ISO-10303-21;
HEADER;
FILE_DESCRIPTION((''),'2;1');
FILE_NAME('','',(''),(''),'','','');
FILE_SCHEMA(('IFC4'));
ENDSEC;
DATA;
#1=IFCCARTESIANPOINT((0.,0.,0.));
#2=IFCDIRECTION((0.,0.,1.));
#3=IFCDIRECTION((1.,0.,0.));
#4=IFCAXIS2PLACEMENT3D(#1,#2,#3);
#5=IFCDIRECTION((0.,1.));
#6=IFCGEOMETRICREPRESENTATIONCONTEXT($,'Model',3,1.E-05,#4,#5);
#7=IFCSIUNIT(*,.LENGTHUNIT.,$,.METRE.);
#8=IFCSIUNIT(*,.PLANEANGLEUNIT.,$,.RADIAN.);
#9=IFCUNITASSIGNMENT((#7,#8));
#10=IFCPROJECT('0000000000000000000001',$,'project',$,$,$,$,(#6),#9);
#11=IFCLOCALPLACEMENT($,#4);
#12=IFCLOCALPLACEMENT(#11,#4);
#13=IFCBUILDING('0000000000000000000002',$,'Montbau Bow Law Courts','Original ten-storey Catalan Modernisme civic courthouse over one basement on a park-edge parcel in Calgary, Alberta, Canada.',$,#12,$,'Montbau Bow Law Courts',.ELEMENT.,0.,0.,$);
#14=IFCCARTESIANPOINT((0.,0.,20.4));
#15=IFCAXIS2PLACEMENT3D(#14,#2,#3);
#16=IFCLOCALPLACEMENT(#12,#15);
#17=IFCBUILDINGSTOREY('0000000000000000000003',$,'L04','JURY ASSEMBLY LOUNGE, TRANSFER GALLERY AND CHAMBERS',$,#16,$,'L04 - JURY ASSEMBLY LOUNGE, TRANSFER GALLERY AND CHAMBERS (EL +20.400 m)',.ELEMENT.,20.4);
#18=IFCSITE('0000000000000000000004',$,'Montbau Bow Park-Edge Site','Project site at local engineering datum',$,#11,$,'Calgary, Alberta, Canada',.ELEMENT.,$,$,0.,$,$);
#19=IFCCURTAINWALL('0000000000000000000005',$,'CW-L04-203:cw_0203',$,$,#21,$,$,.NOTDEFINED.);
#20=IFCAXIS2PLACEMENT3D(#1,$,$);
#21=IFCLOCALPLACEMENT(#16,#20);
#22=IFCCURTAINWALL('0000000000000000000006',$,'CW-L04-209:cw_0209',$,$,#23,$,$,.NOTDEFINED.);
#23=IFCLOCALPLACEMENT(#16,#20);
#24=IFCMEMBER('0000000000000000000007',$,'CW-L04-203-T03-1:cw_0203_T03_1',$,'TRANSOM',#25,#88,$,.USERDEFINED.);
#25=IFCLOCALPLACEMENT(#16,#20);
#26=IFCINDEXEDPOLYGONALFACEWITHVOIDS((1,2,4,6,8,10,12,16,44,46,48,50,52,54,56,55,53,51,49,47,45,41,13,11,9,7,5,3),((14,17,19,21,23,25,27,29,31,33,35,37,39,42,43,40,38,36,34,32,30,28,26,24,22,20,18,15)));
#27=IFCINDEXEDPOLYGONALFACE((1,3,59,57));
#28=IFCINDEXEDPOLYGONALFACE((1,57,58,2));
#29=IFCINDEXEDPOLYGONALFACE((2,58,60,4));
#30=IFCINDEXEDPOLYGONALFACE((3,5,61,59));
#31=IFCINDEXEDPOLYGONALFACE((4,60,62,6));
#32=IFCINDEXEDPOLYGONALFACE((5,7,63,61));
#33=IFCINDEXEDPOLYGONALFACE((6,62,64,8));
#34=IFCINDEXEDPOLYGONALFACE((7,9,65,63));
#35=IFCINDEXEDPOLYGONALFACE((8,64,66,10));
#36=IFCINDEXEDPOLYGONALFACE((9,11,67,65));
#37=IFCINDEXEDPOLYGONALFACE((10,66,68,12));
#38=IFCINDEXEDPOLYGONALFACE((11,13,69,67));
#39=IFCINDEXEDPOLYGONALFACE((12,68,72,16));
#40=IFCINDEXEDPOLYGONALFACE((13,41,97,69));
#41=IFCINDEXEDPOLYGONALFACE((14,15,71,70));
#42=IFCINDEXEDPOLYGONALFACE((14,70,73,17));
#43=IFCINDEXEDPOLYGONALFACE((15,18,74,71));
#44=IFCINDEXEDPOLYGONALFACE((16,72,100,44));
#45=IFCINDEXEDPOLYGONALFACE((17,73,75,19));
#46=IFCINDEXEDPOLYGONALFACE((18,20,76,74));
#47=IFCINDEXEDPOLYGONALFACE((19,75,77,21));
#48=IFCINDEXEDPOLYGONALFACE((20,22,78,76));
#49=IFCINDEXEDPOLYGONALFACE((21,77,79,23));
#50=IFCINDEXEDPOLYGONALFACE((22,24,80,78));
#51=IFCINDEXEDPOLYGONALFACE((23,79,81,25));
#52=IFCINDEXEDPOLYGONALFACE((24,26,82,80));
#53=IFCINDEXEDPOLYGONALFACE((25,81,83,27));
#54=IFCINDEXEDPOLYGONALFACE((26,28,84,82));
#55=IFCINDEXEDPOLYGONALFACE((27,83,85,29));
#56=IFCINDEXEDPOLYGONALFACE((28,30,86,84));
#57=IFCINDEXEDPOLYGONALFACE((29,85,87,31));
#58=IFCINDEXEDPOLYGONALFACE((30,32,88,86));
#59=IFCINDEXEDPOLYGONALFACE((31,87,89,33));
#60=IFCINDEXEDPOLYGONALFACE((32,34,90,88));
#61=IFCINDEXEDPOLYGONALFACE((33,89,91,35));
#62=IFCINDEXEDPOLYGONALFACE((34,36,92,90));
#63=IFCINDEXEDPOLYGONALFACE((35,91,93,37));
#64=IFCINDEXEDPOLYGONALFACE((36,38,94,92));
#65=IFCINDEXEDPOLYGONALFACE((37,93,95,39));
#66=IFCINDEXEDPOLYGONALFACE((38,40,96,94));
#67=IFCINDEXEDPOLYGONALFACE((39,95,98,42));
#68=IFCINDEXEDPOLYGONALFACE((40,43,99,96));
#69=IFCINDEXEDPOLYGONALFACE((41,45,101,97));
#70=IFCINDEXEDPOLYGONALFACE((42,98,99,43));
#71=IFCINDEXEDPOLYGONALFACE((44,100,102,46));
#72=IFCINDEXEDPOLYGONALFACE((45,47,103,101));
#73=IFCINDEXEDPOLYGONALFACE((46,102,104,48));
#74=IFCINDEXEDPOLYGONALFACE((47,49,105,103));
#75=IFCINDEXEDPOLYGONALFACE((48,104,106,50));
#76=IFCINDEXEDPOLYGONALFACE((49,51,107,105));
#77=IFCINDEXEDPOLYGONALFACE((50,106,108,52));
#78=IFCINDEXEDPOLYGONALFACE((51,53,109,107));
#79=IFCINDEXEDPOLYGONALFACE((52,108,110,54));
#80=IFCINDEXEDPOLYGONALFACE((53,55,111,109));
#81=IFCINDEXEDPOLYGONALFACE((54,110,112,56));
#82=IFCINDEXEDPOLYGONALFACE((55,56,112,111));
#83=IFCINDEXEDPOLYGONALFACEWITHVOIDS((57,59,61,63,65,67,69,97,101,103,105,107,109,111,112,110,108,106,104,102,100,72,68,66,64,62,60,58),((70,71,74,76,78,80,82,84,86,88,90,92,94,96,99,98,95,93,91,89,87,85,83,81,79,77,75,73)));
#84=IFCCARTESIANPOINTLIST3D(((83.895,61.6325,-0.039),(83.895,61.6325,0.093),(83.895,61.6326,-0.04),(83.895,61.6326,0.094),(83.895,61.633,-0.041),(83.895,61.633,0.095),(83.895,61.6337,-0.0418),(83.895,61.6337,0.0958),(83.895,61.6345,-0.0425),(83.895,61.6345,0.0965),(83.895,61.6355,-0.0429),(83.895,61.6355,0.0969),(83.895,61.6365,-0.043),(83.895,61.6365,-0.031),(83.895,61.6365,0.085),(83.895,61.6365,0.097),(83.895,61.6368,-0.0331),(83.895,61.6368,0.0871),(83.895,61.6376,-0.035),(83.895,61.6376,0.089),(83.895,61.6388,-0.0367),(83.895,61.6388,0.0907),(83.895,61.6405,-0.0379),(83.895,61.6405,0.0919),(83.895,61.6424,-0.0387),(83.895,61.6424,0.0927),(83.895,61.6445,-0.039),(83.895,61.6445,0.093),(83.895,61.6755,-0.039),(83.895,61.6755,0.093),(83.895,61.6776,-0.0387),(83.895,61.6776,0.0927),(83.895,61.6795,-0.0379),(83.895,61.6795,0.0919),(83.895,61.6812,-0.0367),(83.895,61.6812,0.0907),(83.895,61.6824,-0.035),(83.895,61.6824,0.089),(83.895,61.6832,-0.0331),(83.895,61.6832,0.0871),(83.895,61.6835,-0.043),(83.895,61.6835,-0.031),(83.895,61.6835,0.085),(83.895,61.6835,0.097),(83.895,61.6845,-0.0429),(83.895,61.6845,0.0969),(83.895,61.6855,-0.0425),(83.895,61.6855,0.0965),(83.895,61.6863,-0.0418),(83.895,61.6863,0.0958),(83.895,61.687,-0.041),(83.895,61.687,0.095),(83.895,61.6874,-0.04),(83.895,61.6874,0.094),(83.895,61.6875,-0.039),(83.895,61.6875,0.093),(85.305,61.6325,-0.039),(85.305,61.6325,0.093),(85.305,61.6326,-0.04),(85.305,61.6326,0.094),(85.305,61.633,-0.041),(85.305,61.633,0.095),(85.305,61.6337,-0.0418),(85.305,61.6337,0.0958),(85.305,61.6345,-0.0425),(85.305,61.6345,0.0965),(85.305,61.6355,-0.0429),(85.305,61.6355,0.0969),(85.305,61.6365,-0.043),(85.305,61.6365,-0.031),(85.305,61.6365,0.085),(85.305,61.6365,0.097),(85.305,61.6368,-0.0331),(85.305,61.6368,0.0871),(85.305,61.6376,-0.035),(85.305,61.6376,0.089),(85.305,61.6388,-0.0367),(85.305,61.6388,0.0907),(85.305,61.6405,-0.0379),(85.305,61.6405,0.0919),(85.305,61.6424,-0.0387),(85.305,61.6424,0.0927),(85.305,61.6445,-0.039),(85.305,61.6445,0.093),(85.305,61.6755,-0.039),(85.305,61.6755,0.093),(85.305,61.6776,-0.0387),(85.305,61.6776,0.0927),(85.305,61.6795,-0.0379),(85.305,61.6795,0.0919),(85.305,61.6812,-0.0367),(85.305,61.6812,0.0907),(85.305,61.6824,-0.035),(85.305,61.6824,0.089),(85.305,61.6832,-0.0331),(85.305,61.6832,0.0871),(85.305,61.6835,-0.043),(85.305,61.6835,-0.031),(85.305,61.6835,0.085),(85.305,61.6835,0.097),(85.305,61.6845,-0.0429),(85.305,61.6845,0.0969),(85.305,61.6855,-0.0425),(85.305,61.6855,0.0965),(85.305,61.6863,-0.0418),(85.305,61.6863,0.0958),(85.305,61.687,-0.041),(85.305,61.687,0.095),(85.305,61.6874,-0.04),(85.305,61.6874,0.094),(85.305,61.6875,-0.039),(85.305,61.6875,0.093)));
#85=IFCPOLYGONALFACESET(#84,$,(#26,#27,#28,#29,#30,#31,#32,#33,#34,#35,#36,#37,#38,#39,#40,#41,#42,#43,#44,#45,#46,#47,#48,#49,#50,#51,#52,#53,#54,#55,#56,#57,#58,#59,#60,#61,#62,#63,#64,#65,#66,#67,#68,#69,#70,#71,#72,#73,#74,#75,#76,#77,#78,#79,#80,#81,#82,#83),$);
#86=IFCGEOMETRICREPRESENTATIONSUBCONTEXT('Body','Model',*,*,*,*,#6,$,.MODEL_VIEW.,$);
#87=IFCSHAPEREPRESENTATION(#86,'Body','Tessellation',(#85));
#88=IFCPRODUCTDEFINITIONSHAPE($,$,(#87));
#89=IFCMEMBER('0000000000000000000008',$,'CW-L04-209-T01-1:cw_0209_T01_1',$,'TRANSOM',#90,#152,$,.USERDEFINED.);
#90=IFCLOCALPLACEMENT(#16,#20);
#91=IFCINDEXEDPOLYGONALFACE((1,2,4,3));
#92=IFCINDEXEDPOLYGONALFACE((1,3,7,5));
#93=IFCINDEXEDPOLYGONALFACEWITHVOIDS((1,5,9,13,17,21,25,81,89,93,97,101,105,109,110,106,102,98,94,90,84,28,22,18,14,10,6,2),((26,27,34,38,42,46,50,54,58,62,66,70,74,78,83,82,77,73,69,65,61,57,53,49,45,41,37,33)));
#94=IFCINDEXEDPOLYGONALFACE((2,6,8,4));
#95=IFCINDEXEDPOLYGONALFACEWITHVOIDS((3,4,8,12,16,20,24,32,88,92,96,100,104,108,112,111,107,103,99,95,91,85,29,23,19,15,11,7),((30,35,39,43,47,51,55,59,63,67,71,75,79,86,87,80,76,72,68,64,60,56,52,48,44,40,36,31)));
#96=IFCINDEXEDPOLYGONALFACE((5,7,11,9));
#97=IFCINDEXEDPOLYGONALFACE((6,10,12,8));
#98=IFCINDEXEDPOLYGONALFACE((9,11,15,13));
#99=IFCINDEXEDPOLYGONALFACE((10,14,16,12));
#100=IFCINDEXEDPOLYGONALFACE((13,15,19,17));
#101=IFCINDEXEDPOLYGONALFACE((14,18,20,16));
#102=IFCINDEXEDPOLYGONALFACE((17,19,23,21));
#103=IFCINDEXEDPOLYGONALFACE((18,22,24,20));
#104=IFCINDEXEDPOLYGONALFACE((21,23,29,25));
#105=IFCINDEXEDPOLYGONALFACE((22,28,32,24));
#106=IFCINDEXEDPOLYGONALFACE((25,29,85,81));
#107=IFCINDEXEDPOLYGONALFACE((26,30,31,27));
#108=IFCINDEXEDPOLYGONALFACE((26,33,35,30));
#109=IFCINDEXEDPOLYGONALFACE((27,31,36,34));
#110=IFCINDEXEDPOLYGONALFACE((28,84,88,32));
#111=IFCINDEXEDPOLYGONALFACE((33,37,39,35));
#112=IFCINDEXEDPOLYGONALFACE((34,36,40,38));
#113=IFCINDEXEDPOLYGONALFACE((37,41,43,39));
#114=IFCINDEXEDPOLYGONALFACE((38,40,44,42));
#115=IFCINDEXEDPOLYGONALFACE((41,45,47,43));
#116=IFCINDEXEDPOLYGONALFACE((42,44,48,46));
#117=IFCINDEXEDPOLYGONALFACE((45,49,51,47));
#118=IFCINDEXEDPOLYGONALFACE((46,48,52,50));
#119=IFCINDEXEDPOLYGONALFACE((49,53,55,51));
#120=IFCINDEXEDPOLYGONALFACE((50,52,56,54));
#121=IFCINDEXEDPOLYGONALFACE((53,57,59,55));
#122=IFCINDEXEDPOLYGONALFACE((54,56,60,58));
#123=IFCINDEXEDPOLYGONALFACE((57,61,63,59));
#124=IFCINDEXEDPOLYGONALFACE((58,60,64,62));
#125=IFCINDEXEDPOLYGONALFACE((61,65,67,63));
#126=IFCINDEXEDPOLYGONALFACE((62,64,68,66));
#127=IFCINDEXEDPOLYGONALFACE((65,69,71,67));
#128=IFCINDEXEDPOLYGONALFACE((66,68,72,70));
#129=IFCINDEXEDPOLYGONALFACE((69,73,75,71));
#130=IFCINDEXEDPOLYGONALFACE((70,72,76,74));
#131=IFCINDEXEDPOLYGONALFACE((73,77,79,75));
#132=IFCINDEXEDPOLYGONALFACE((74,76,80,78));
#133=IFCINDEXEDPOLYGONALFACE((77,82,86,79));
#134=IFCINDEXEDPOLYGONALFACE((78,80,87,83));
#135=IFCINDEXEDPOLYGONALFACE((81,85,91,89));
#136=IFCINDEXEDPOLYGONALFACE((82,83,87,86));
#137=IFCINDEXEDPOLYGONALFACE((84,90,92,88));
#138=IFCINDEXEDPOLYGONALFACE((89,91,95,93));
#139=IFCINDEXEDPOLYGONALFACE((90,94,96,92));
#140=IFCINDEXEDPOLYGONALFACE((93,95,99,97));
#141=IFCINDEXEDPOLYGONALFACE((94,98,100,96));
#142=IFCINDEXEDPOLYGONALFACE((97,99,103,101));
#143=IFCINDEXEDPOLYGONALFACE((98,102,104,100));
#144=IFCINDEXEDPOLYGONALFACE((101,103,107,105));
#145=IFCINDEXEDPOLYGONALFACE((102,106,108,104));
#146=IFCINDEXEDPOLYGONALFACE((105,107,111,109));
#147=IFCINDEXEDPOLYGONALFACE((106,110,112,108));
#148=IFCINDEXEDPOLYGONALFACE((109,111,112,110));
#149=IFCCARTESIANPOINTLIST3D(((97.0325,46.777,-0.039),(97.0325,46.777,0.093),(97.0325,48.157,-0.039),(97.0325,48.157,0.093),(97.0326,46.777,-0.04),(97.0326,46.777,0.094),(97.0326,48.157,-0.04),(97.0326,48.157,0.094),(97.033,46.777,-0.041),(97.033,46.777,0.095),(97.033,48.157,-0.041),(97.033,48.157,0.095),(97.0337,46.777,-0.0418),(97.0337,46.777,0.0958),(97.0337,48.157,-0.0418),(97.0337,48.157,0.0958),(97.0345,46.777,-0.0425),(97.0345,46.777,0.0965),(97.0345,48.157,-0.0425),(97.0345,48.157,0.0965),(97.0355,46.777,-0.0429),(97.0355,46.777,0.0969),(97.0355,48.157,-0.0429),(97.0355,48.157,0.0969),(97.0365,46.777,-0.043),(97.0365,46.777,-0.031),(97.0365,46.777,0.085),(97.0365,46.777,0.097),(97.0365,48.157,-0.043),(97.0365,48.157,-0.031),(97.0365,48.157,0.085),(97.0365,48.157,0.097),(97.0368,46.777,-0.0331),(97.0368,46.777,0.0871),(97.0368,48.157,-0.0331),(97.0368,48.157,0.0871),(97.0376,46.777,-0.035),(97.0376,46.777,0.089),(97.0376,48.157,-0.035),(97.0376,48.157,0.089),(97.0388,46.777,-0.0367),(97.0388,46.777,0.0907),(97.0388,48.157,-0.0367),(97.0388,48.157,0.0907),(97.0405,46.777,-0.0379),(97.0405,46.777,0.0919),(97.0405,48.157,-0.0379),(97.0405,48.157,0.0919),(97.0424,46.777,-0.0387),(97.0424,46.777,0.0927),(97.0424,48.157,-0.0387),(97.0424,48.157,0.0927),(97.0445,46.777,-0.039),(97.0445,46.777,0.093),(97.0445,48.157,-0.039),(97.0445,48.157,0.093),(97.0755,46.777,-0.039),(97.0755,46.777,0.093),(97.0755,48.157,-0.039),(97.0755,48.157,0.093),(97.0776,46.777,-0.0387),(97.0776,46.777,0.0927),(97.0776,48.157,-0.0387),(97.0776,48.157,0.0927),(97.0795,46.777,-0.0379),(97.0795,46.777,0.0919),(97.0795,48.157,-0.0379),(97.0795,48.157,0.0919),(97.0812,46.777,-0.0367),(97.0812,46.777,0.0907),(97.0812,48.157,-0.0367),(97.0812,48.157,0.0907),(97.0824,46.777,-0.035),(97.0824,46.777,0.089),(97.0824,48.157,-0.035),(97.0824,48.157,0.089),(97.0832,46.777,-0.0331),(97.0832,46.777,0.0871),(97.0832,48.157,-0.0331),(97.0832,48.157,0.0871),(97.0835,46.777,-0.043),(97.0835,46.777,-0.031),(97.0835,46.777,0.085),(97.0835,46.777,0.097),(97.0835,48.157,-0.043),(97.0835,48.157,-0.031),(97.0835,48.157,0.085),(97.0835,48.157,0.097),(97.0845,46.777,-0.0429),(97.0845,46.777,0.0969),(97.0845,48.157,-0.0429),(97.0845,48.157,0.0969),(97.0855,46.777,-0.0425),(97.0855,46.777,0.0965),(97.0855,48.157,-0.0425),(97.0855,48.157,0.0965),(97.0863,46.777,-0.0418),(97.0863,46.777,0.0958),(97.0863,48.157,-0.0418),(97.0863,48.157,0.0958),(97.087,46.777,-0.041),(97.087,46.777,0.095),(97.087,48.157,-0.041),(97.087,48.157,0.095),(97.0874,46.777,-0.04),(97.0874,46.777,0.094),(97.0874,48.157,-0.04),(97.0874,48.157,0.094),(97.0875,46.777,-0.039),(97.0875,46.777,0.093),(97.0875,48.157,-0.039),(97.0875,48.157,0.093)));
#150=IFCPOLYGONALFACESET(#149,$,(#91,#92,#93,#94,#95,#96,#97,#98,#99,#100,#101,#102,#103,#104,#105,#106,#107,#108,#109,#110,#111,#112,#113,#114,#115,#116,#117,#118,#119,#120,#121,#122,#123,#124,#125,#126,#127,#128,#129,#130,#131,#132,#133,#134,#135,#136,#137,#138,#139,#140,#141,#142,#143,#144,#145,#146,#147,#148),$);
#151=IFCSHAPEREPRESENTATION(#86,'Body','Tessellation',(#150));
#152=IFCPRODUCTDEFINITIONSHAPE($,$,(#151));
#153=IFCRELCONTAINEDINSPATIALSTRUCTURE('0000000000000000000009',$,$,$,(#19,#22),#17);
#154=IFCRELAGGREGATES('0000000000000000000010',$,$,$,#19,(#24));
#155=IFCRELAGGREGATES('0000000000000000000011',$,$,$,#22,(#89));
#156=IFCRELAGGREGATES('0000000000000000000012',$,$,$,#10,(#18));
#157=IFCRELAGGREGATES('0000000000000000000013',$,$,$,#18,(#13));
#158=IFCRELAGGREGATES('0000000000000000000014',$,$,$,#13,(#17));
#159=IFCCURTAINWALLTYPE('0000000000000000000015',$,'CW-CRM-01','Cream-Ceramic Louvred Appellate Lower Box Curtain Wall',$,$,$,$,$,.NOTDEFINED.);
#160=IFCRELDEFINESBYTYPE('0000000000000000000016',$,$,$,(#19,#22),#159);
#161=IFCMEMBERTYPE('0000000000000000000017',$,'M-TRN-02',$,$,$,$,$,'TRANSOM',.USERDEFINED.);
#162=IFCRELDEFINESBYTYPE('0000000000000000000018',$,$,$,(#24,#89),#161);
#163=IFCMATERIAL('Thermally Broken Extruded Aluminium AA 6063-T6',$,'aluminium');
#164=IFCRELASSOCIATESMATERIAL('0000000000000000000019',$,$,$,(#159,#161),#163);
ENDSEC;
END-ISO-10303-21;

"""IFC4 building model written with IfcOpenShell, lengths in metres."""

from ifc_helpers import new_model, si_unit, direction, frame, origin_with_axes, origin_2d_with_axis, place, context, subcontext, project, spatial, hollow_rectangle, extrude, material, material_profile, profile_set, type_object, element, aggregate, save


model = new_model("IFC4")

# Units and contexts
model_context = context("Model", 3, precision=1e-05, world=origin_with_axes(), true_north=direction((0.0, 1.0)))
body_context = subcontext(model_context, "Body", "Model", "MODEL_VIEW")
ifc_project = project(units=[si_unit("LENGTHUNIT", "METRE"), si_unit("PLANEANGLEUNIT", "RADIAN")], contexts=[model_context])

# Site, building, storey
site_placement = place(None, origin_with_axes())
site = spatial("IfcSite", under=ifc_project, at=site_placement, Name="Montbau Bow Park-Edge Site", Description="Project site at local engineering datum", LongName="Calgary, Alberta, Canada", CompositionType="ELEMENT", RefElevation=0.0)
building_placement = place(site_placement, origin_with_axes())
building = spatial("IfcBuilding", under=site, at=building_placement, Name="Montbau Bow Law Courts", Description="Original ten-storey Catalan Modernisme civic courthouse over one basement on a park-edge parcel in Calgary, Alberta, Canada.", LongName="Montbau Bow Law Courts", CompositionType="ELEMENT", ElevationOfRefHeight=0.0, ElevationOfTerrain=0.0)
storey_placement = place(building_placement, frame((0.0, 0.0, 20.4), z_axis=(0.0, 0.0, 1.0), x_axis=(1.0, 0.0, 0.0)))
storey = spatial("IfcBuildingStorey", under=building, at=storey_placement, Name="L04", Description="JURY ASSEMBLY LOUNGE, TRANSFER GALLERY AND CHAMBERS", LongName="L04 - JURY ASSEMBLY LOUNGE, TRANSFER GALLERY AND CHAMBERS (EL +20.400 m)", CompositionType="ELEMENT", Elevation=20.4)

# Curtain wall
ifc_material_1 = material(Name="Thermally Broken Extruded Aluminium AA 6063-T6", Category="aluminium")
curtain_wall_type = type_object("IfcCurtainWallType", Name="CW-CRM-01", Description="Cream-Ceramic Louvred Appellate Lower Box Curtain Wall", PredefinedType="NOTDEFINED", material=ifc_material_1)
curtain_wall_1_placement = place(None, frame((80.915, 61.66, 20.4), z_axis=(0.0, 0.0, 1.0), x_axis=(1.0, 0.0, 0.0)))
curtain_wall_1 = element("IfcCurtainWall", 1, at=curtain_wall_1_placement, inside=storey, type_object=curtain_wall_type, Name="CW-L04-203:cw_0203", PredefinedType="NOTDEFINED")

# Curtain wall
curtain_wall_2_placement = place(None, frame((97.06, 46.715, 20.4), z_axis=(0.0, 0.0, 1.0), x_axis=(1.0, 0.0, 0.0)))
curtain_wall_2 = element("IfcCurtainWall", 2, at=curtain_wall_2_placement, inside=storey, type_object=curtain_wall_type, Name="CW-L04-209:cw_0209", PredefinedType="NOTDEFINED")

# Members
ifc_material_profile_1 = material_profile(ifc_material_1, hollow_rectangle(XDim=0.055, YDim=0.14, WallThickness=0.004, InnerFilletRadius=0.008, OuterFilletRadius=0.004, at=origin_2d_with_axis()), Name="CWT-140X55", Category="Main", Priority=0)
ifc_profile_set_1 = profile_set([ifc_material_profile_1], Name="Thermally Broken Extruded Aluminium AA 6063-T6")
member_type_1 = type_object("IfcMemberType", Name="M-TRN-02", ElementType="TRANSOM", PredefinedType="USERDEFINED", material=ifc_profile_set_1)
member_1_placement = place(None, frame((83.895, 61.66, 20.427), z_axis=(1.0, 0.0, 0.0), x_axis=(0.0, 1.0, 0.0)))
member_1 = element("IfcMember", 3, at=member_1_placement, type_object=member_type_1, Name="CW-L04-203-T03-1:cw_0203_T03_1", ObjectType="TRANSOM", PredefinedType="USERDEFINED", context=body_context, shape_type="SweptSolid", body=[
    extrude(hollow_rectangle(XDim=0.055, YDim=0.14, WallThickness=0.004, InnerFilletRadius=0.008, OuterFilletRadius=0.004, at=origin_2d_with_axis()), origin_with_axes(), (0.0, 0.0, 1.0), 1.41),
])
member_2_placement = place(None, frame((97.06, 46.777, 20.427), z_axis=(0.0, 1.0, 0.0), x_axis=(-1.0, 0.0, 0.0)))
member_2 = element("IfcMember", 4, at=member_2_placement, type_object=member_type_1, Name="CW-L04-209-T01-1:cw_0209_T01_1", ObjectType="TRANSOM", PredefinedType="USERDEFINED", context=body_context, shape_type="SweptSolid", body=[
    extrude(hollow_rectangle(XDim=0.055, YDim=0.14, WallThickness=0.004, InnerFilletRadius=0.008, OuterFilletRadius=0.004, at=origin_2d_with_axis()), origin_with_axes(), (0.0, 0.0, 1.0), 1.38),
])

aggregate(curtain_wall_1, [member_1])
aggregate(curtain_wall_2, [member_2])

save(model, "model.ifc")
